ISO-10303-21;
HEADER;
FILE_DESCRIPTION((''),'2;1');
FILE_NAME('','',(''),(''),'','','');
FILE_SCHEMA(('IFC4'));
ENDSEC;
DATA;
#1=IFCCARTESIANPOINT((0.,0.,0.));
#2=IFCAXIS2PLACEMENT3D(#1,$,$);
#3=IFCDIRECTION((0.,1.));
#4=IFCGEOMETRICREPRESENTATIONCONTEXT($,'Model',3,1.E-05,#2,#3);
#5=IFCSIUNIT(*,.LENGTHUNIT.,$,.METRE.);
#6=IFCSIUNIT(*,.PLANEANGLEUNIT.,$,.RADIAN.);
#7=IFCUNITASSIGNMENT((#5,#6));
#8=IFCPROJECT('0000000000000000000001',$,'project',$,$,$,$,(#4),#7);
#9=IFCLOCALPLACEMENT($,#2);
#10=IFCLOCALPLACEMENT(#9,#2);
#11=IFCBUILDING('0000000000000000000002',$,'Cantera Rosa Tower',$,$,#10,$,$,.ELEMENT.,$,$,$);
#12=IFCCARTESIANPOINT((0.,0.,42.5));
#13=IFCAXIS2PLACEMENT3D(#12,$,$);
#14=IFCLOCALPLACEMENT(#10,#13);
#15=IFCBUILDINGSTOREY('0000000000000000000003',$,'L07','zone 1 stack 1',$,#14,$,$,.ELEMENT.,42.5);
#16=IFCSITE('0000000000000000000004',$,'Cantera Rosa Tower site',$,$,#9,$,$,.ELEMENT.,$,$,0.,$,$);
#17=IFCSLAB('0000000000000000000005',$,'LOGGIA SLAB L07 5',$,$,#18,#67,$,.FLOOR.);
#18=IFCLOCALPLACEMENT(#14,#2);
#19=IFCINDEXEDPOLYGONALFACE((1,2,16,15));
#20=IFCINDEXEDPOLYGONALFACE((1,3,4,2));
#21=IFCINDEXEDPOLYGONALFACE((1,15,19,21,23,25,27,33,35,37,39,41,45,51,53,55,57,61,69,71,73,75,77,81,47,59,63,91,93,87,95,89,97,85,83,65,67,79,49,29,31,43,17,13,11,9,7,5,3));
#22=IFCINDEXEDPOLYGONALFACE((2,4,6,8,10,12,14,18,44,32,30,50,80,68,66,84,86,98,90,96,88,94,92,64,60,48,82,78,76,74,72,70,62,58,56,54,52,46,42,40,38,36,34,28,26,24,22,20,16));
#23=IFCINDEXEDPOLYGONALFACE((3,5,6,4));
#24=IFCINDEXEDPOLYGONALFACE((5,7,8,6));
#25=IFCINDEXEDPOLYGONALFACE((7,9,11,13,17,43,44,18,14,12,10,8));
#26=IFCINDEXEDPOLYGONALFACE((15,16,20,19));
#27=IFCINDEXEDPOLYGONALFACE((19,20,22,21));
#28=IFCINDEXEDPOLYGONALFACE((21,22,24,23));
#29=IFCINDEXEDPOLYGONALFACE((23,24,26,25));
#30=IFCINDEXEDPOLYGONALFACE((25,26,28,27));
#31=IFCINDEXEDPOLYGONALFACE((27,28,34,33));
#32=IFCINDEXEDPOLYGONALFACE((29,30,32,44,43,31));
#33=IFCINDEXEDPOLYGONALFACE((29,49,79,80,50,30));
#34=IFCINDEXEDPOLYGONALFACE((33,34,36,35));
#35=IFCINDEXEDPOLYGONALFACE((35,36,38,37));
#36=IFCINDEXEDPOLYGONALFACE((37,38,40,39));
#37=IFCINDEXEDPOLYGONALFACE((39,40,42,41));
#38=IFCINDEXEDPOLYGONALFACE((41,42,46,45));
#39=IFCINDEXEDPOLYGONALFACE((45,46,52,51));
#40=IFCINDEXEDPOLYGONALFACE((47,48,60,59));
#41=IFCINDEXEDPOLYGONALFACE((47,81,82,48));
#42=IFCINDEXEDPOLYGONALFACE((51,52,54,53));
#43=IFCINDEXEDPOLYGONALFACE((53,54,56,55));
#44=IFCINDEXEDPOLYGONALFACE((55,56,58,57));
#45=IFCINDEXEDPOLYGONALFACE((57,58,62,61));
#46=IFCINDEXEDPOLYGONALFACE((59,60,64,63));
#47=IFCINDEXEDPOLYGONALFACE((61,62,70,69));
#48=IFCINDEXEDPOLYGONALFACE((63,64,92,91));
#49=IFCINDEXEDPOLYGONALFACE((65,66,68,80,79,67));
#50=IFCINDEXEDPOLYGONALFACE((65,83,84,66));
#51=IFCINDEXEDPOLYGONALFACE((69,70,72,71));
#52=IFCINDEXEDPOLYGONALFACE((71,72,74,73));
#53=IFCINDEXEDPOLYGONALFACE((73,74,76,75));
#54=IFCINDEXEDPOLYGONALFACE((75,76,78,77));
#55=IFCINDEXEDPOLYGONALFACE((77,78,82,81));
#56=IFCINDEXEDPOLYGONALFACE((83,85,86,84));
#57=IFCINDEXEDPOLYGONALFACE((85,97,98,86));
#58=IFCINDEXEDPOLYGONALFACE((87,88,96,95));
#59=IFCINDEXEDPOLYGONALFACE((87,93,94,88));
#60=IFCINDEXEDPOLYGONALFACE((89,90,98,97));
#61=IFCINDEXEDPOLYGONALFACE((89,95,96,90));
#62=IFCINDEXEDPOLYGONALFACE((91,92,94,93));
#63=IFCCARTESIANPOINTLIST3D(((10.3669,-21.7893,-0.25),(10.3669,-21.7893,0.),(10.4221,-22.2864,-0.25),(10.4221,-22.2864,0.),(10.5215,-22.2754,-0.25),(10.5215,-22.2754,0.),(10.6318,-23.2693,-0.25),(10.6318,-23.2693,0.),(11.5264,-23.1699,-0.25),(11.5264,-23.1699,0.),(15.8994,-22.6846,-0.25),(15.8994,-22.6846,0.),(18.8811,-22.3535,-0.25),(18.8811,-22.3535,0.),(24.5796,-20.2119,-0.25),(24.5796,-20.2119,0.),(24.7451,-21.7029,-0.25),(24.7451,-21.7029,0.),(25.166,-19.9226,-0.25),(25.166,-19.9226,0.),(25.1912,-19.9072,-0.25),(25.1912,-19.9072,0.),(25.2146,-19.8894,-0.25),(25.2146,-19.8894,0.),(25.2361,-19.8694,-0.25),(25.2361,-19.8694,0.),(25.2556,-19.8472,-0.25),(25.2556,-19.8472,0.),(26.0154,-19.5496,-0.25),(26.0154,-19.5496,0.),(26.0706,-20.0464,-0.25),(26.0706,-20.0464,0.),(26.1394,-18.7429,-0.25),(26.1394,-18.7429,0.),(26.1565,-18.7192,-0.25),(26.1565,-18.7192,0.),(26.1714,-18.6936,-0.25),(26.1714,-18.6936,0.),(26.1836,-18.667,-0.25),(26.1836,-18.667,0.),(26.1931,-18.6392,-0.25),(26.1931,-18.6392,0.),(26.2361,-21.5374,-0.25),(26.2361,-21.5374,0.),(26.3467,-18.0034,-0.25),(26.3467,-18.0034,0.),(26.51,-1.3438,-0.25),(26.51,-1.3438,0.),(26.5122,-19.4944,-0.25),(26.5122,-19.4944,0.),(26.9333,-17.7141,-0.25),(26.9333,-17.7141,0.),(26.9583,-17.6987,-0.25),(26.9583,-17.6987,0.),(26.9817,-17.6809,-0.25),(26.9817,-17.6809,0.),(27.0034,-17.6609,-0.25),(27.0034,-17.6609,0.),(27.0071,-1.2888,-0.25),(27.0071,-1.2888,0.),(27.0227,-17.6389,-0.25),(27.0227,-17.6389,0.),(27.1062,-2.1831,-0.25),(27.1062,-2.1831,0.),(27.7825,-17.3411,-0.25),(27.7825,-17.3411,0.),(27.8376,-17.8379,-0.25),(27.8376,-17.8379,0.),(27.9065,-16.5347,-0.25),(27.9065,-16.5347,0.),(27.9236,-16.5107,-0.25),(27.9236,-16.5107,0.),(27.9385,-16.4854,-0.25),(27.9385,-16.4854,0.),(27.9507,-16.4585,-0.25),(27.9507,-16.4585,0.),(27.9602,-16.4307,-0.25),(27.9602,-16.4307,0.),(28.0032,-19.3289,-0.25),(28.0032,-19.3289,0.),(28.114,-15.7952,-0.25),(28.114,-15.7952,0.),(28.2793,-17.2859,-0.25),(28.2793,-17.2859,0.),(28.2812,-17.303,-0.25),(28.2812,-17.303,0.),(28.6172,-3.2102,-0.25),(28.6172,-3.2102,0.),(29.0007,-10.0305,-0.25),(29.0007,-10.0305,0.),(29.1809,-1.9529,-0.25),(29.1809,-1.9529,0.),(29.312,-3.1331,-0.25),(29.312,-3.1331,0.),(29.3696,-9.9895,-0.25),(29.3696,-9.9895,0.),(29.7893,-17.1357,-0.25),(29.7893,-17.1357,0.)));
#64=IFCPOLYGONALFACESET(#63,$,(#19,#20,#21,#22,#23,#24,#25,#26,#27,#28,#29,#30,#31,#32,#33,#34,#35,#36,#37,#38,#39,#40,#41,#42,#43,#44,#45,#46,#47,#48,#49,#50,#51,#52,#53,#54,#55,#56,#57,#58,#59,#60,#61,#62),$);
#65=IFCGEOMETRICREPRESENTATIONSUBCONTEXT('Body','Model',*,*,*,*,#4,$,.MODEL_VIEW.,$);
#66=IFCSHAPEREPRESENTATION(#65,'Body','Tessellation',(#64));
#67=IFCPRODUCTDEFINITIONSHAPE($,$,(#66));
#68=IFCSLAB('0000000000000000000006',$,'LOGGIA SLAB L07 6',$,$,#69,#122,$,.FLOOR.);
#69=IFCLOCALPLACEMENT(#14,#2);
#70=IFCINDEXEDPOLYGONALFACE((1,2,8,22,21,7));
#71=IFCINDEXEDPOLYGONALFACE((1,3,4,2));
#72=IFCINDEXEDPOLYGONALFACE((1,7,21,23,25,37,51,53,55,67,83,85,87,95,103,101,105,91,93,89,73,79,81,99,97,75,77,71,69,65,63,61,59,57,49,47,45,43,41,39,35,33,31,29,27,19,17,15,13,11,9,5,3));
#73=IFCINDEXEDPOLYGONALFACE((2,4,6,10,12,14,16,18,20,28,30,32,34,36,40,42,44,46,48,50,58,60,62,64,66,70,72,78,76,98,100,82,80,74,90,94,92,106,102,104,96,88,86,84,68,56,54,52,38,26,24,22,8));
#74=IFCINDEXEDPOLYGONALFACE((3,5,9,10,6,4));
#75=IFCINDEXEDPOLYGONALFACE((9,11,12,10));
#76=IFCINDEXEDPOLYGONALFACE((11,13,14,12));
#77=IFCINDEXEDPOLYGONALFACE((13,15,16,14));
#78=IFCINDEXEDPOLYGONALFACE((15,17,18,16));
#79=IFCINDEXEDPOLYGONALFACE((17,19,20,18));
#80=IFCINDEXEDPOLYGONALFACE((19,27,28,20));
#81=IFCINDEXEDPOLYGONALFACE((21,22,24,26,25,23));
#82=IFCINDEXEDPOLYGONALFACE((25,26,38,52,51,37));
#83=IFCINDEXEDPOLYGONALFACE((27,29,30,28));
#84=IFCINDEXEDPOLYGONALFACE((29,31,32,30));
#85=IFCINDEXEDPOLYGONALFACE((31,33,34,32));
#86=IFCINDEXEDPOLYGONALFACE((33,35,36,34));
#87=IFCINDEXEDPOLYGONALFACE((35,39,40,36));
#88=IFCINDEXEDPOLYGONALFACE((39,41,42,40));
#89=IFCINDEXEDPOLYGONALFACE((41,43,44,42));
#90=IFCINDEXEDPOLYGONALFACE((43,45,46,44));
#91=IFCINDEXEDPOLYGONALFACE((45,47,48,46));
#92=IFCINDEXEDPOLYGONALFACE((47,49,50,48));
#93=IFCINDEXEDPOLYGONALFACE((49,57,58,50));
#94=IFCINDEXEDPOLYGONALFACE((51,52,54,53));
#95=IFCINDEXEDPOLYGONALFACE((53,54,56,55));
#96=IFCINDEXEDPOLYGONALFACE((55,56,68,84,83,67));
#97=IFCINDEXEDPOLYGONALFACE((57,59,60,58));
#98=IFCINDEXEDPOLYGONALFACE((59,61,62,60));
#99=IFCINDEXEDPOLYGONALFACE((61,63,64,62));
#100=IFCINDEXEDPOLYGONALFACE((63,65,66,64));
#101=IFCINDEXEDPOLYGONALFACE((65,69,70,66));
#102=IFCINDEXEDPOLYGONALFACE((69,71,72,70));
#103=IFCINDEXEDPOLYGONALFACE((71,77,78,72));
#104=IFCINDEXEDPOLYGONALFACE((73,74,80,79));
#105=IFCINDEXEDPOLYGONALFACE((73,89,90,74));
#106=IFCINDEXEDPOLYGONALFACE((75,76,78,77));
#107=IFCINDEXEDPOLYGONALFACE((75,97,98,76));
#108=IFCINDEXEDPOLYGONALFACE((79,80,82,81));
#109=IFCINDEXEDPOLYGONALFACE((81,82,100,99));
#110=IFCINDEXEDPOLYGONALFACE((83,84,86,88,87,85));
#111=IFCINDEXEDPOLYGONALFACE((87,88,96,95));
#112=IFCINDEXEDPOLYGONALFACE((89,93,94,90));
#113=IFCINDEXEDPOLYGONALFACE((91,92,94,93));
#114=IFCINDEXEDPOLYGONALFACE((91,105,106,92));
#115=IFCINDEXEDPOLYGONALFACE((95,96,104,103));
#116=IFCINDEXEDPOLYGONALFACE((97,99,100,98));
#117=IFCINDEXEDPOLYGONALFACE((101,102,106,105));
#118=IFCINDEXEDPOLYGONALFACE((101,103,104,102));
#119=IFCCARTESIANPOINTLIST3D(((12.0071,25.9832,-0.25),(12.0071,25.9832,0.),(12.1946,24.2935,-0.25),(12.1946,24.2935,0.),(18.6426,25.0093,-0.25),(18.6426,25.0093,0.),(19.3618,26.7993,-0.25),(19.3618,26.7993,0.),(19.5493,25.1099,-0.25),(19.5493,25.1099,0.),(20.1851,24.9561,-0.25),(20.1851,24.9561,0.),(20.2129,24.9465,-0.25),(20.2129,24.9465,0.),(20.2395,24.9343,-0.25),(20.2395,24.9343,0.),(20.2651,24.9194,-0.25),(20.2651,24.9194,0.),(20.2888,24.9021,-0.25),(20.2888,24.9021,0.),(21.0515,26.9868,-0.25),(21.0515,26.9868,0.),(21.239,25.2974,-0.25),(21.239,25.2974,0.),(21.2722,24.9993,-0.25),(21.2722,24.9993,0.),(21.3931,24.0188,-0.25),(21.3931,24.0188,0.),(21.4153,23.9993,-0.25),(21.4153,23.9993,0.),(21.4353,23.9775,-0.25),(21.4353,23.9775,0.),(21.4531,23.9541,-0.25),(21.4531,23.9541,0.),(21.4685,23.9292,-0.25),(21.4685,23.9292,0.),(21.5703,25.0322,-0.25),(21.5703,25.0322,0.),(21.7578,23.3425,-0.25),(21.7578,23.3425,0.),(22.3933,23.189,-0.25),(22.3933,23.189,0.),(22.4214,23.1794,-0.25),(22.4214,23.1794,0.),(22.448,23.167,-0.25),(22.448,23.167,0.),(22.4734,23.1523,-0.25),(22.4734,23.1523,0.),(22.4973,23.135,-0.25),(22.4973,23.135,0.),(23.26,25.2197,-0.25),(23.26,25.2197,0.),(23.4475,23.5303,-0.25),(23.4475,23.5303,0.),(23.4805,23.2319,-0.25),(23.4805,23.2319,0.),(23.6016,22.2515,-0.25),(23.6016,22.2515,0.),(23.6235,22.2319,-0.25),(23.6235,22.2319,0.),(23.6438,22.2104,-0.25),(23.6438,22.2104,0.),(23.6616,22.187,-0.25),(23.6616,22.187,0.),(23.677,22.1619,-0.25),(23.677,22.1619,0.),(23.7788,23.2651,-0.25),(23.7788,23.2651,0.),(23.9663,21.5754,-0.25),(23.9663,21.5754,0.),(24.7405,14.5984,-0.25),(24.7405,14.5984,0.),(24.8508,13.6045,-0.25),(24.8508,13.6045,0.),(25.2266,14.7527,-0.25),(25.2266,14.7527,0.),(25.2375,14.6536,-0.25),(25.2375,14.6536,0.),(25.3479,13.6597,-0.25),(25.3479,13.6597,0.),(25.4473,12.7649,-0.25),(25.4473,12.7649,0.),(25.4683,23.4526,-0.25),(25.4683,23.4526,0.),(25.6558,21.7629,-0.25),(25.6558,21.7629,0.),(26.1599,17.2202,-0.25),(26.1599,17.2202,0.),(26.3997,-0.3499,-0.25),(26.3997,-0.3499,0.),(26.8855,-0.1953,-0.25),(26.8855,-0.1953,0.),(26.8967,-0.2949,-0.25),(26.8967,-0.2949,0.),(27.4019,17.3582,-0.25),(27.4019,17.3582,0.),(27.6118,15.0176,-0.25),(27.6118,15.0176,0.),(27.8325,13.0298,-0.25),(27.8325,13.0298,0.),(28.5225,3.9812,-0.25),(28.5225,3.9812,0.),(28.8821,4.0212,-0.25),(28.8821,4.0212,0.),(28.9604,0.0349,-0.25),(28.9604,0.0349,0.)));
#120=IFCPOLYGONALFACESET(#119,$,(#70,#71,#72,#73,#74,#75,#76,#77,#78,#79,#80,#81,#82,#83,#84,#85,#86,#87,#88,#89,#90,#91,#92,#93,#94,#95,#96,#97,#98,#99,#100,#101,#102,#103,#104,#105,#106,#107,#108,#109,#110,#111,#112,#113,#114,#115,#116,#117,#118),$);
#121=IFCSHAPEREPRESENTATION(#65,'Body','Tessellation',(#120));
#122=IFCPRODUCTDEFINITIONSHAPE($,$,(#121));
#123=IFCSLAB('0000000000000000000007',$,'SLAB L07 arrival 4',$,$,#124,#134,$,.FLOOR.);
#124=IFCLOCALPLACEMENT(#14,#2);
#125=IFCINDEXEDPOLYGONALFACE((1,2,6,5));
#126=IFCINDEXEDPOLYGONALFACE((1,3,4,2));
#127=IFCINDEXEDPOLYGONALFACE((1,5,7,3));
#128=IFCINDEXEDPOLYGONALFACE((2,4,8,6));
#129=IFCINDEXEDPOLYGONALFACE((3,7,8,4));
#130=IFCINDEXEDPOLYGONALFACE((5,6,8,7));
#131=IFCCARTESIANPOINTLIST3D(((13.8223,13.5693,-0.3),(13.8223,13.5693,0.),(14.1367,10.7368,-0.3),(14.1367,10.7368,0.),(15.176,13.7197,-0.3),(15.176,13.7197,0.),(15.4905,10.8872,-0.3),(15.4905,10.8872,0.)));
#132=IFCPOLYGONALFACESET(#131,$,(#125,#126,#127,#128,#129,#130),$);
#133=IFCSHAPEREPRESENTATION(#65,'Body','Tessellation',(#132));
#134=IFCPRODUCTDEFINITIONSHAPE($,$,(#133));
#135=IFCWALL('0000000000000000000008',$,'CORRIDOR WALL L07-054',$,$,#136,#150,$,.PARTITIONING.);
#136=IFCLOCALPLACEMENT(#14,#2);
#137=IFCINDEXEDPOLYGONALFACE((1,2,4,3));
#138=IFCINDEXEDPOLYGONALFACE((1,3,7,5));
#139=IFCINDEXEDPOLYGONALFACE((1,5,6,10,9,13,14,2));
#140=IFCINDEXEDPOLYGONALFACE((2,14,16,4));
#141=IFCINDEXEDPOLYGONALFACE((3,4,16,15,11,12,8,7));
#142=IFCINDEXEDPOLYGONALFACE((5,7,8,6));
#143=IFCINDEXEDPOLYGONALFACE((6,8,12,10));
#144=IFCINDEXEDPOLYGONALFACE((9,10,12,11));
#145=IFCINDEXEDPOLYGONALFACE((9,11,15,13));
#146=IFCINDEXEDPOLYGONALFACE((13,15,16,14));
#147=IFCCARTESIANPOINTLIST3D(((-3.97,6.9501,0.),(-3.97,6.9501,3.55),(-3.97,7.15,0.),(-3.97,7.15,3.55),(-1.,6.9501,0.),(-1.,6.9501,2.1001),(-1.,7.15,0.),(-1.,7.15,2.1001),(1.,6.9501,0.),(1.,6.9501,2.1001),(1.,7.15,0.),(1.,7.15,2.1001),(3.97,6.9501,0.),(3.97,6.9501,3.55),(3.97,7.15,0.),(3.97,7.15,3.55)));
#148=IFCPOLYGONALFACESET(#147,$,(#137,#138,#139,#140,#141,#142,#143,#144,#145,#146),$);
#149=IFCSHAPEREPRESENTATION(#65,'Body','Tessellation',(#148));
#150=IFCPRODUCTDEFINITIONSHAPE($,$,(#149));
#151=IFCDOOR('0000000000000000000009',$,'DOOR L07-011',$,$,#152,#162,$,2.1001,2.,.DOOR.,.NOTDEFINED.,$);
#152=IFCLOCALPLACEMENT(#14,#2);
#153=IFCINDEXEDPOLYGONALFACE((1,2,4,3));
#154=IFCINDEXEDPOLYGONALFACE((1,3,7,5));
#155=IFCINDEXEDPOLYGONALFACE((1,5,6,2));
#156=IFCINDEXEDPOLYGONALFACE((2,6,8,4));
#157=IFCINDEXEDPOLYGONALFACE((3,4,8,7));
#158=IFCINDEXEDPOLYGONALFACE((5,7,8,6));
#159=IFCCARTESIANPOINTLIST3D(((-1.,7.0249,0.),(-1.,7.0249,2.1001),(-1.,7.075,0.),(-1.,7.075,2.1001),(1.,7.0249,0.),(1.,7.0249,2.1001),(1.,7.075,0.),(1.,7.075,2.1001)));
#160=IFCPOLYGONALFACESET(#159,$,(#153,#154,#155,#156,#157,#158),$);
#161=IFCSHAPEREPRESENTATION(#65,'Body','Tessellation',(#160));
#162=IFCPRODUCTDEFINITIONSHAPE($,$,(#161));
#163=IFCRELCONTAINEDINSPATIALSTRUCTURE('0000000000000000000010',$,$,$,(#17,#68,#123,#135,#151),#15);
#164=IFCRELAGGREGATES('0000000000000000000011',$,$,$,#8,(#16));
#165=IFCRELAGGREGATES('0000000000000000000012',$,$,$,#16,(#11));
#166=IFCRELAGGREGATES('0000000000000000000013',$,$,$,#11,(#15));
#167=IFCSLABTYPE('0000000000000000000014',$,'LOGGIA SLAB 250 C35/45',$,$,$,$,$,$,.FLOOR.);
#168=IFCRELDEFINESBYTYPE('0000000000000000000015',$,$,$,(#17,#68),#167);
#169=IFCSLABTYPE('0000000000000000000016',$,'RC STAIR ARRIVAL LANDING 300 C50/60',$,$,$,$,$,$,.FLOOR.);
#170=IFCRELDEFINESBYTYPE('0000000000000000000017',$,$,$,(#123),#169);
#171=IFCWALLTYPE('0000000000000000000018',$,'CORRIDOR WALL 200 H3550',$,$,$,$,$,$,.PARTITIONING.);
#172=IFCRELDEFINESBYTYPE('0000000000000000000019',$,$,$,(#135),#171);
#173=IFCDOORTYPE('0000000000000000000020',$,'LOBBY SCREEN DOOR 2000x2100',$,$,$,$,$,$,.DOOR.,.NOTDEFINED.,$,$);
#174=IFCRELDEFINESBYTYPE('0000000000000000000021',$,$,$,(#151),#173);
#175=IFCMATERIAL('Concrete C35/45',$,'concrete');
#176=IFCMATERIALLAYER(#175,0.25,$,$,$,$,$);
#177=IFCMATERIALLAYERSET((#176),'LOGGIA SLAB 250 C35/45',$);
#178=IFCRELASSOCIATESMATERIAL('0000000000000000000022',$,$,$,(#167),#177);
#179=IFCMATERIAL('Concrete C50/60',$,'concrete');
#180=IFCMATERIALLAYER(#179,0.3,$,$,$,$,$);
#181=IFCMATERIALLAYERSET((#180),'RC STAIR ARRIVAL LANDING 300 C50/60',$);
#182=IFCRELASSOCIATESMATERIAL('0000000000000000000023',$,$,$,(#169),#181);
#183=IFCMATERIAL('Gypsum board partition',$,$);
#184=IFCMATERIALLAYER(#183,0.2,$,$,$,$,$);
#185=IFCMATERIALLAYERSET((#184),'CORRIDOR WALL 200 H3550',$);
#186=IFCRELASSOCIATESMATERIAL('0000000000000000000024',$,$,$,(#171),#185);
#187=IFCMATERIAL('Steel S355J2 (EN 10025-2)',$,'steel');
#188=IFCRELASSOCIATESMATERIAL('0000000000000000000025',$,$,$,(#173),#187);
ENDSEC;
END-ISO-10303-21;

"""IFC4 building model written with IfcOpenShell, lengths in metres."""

from ifc_helpers import new_model, si_unit, direction, frame, frame_2d, origin, place, context, subcontext, project, spatial, polyline, rectangle, outline, extrude, material, layer, layer_set, type_object, element, fill, save


model = new_model("IFC4")

# Units and contexts
model_context = context("Model", 3, precision=1e-05, world=origin(), true_north=direction((0.0, 1.0)))
body_context = subcontext(model_context, "Body", "Model", "MODEL_VIEW")
ifc_project = project(units=[si_unit("LENGTHUNIT", "METRE"), si_unit("PLANEANGLEUNIT", "RADIAN")], contexts=[model_context])

# Site, building, storey
site_placement = place(None, origin())
site = spatial("IfcSite", under=ifc_project, at=site_placement, Name="Cantera Rosa Tower site", CompositionType="ELEMENT", RefElevation=0.0)
building_placement = place(site_placement, origin())
building = spatial("IfcBuilding", under=site, at=building_placement, Name="Cantera Rosa Tower", CompositionType="ELEMENT")
storey_placement = place(building_placement, frame((0.0, 0.0, 42.5)))
storey = spatial("IfcBuildingStorey", under=building, at=storey_placement, Name="L07", Description="zone 1 stack 1", CompositionType="ELEMENT", Elevation=42.5)

# Slabs
ifc_material_1 = material(Name="Concrete C35/45", Category="concrete")
ifc_layer_1 = layer(ifc_material_1, 0.25)
ifc_layer_set_1 = layer_set([ifc_layer_1], Name="LOGGIA SLAB 250 C35/45")
slab_type_1 = type_object("IfcSlabType", Name="LOGGIA SLAB 250 C35/45", PredefinedType="FLOOR", material=ifc_layer_set_1)
slab_1_placement = place(storey_placement, frame((0.0, 0.0, -0.25)))
element("IfcSlab", 1, at=slab_1_placement, inside=storey, type_object=slab_type_1, Name="LOGGIA SLAB L07 5", PredefinedType="FLOOR", context=body_context, shape_type="SweptSolid", body=[
    extrude(outline(polyline([(28.2812, -17.303), (28.2793, -17.2859), (27.7825, -17.3411), (27.8376, -17.8379), (28.0032, -19.3289), (26.5122, -19.4944), (26.0154, -19.5496), (26.0706, -20.0464), (26.2361, -21.5374), (24.7451, -21.7029), (18.8811, -22.3535), (15.8994, -22.6846), (11.5264, -23.1699), (10.6318, -23.2693), (10.5215, -22.2754), (10.4221, -22.2864), (10.3669, -21.7893), (24.5796, -20.2119), (25.166, -19.9226), (25.1912, -19.9072), (25.2146, -19.8894), (25.2361, -19.8694), (25.2556, -19.8472), (26.1394, -18.7429), (26.1565, -18.7192), (26.1714, -18.6936), (26.1836, -18.667), (26.1931, -18.6392), (26.3467, -18.0034), (26.9333, -17.7141), (26.9583, -17.6987), (26.9817, -17.6809), (27.0034, -17.6609), (27.0227, -17.6389), (27.9065, -16.5347), (27.9236, -16.5107), (27.9385, -16.4854), (27.9507, -16.4585), (27.9602, -16.4307), (28.114, -15.7952), (26.51, -1.3438), (27.0071, -1.2888), (27.1062, -2.1831), (29.1809, -1.9529), (29.312, -3.1331), (28.6172, -3.2102), (29.3696, -9.9895), (29.0007, -10.0305), (29.7893, -17.1357), (28.2812, -17.303)])), origin(), (0.0, 0.0, 1.0), 0.25),
])
slab_2_placement = place(storey_placement, frame((0.0, 0.0, -0.25)))
element("IfcSlab", 2, at=slab_2_placement, inside=storey, type_object=slab_type_1, Name="LOGGIA SLAB L07 6", PredefinedType="FLOOR", context=body_context, shape_type="SweptSolid", body=[
    extrude(outline(polyline([(21.5703, 25.0322), (23.26, 25.2197), (23.4475, 23.5303), (23.4805, 23.2319), (23.7788, 23.2651), (25.4683, 23.4526), (25.6558, 21.7629), (26.1599, 17.2202), (27.4019, 17.3582), (28.8821, 4.0212), (28.5225, 3.9812), (28.9604, 0.0349), (26.8855, -0.1953), (26.8967, -0.2949), (26.3997, -0.3499), (24.8508, 13.6045), (25.3479, 13.6597), (25.4473, 12.7649), (27.8325, 13.0298), (27.6118, 15.0176), (25.2266, 14.7527), (25.2375, 14.6536), (24.7405, 14.5984), (23.9663, 21.5754), (23.677, 22.1619), (23.6616, 22.187), (23.6438, 22.2104), (23.6235, 22.2319), (23.6016, 22.2515), (22.4973, 23.135), (22.4734, 23.1523), (22.448, 23.167), (22.4214, 23.1794), (22.3933, 23.189), (21.7578, 23.3425), (21.4685, 23.9292), (21.4531, 23.9541), (21.4353, 23.9775), (21.4153, 23.9993), (21.3931, 24.0188), (20.2888, 24.9021), (20.2651, 24.9194), (20.2395, 24.9343), (20.2129, 24.9465), (20.1851, 24.9561), (19.5493, 25.1099), (18.6426, 25.0093), (12.1946, 24.2935), (12.0071, 25.9832), (19.3618, 26.7993), (21.0515, 26.9868), (21.239, 25.2974), (21.2722, 24.9993), (21.5703, 25.0322)])), origin(), (0.0, 0.0, 1.0), 0.25),
])
ifc_material_2 = material(Name="Concrete C50/60", Category="concrete")
ifc_layer_2 = layer(ifc_material_2, 0.3)
ifc_layer_set_2 = layer_set([ifc_layer_2], Name="RC STAIR ARRIVAL LANDING 300 C50/60")
slab_type_2 = type_object("IfcSlabType", Name="RC STAIR ARRIVAL LANDING 300 C50/60", PredefinedType="FLOOR", material=ifc_layer_set_2)
slab_3_placement = place(storey_placement, frame((0.0, 0.0, -0.3)))
element("IfcSlab", 3, at=slab_3_placement, inside=storey, type_object=slab_type_2, Name="SLAB L07 arrival 4", PredefinedType="FLOOR", context=body_context, shape_type="SweptSolid", body=[
    extrude(outline(polyline([(15.176, 13.7197), (15.4905, 10.8872), (14.1367, 10.7368), (13.8223, 13.5693), (15.176, 13.7197)])), origin(), (0.0, 0.0, 1.0), 0.3),
])

# Wall, opening, door
ifc_material_3 = material(Name="Gypsum board partition")
ifc_layer_3 = layer(ifc_material_3, 0.2)
ifc_layer_set_3 = layer_set([ifc_layer_3], Name="CORRIDOR WALL 200 H3550")
wall_type_1 = type_object("IfcWallType", Name="CORRIDOR WALL 200 H3550", PredefinedType="PARTITIONING", material=ifc_layer_set_3)
wall_1_placement = place(storey_placement, frame((-3.97, 7.05, 0.0), z_axis=(0.0, 0.0, 1.0), x_axis=(1.0, 0.0, 0.0)))
wall_1 = element("IfcWall", 4, at=wall_1_placement, inside=storey, type_object=wall_type_1, Name="CORRIDOR WALL L07-054", PredefinedType="PARTITIONING", context=body_context, shape_type="SweptSolid", body=[
    extrude(rectangle(XDim=7.9399, YDim=0.2, at=frame_2d((3.97, 0.0))), origin(), (0.0, 0.0, 1.0), 3.55),
])
opening_placement = place(wall_1_placement, frame((2.97, 0.0, 0.0)))
opening = element("IfcOpeningElement", 5, at=opening_placement, cuts=wall_1, PredefinedType="OPENING", context=body_context, shape_type="SweptSolid", body=[
    extrude(rectangle(XDim=2.0, YDim=2.1001, at=frame_2d((1.0, 1.05))), frame((0.0, 0.1099, 0.0), z_axis=(0.0, -1.0, 0.0), x_axis=(1.0, 0.0, 0.0)), (0.0, 0.0, 1.0), 0.22),
])
ifc_material_4 = material(Name="Steel S355J2 (EN 10025-2)", Category="steel")
door_type = type_object("IfcDoorType", Name="LOBBY SCREEN DOOR 2000x2100", OperationType="NOTDEFINED", PredefinedType="DOOR", material=ifc_material_4)
door_placement = place(opening_placement, origin())
door = element("IfcDoor", 6, at=door_placement, inside=storey, type_object=door_type, Name="DOOR L07-011", OperationType="NOTDEFINED", OverallHeight=2.1001, OverallWidth=2.0, PredefinedType="DOOR", context=body_context, shape_type="SweptSolid", body=[
    extrude(rectangle(XDim=2.0, YDim=2.1001, at=frame_2d((1.0, 1.05))), frame((0.0, 0.0249, 0.0), z_axis=(0.0, -1.0, 0.0), x_axis=(1.0, 0.0, 0.0)), (0.0, 0.0, 1.0), 0.05),
])
fill(opening, door)

save(model, "model.ifc")
